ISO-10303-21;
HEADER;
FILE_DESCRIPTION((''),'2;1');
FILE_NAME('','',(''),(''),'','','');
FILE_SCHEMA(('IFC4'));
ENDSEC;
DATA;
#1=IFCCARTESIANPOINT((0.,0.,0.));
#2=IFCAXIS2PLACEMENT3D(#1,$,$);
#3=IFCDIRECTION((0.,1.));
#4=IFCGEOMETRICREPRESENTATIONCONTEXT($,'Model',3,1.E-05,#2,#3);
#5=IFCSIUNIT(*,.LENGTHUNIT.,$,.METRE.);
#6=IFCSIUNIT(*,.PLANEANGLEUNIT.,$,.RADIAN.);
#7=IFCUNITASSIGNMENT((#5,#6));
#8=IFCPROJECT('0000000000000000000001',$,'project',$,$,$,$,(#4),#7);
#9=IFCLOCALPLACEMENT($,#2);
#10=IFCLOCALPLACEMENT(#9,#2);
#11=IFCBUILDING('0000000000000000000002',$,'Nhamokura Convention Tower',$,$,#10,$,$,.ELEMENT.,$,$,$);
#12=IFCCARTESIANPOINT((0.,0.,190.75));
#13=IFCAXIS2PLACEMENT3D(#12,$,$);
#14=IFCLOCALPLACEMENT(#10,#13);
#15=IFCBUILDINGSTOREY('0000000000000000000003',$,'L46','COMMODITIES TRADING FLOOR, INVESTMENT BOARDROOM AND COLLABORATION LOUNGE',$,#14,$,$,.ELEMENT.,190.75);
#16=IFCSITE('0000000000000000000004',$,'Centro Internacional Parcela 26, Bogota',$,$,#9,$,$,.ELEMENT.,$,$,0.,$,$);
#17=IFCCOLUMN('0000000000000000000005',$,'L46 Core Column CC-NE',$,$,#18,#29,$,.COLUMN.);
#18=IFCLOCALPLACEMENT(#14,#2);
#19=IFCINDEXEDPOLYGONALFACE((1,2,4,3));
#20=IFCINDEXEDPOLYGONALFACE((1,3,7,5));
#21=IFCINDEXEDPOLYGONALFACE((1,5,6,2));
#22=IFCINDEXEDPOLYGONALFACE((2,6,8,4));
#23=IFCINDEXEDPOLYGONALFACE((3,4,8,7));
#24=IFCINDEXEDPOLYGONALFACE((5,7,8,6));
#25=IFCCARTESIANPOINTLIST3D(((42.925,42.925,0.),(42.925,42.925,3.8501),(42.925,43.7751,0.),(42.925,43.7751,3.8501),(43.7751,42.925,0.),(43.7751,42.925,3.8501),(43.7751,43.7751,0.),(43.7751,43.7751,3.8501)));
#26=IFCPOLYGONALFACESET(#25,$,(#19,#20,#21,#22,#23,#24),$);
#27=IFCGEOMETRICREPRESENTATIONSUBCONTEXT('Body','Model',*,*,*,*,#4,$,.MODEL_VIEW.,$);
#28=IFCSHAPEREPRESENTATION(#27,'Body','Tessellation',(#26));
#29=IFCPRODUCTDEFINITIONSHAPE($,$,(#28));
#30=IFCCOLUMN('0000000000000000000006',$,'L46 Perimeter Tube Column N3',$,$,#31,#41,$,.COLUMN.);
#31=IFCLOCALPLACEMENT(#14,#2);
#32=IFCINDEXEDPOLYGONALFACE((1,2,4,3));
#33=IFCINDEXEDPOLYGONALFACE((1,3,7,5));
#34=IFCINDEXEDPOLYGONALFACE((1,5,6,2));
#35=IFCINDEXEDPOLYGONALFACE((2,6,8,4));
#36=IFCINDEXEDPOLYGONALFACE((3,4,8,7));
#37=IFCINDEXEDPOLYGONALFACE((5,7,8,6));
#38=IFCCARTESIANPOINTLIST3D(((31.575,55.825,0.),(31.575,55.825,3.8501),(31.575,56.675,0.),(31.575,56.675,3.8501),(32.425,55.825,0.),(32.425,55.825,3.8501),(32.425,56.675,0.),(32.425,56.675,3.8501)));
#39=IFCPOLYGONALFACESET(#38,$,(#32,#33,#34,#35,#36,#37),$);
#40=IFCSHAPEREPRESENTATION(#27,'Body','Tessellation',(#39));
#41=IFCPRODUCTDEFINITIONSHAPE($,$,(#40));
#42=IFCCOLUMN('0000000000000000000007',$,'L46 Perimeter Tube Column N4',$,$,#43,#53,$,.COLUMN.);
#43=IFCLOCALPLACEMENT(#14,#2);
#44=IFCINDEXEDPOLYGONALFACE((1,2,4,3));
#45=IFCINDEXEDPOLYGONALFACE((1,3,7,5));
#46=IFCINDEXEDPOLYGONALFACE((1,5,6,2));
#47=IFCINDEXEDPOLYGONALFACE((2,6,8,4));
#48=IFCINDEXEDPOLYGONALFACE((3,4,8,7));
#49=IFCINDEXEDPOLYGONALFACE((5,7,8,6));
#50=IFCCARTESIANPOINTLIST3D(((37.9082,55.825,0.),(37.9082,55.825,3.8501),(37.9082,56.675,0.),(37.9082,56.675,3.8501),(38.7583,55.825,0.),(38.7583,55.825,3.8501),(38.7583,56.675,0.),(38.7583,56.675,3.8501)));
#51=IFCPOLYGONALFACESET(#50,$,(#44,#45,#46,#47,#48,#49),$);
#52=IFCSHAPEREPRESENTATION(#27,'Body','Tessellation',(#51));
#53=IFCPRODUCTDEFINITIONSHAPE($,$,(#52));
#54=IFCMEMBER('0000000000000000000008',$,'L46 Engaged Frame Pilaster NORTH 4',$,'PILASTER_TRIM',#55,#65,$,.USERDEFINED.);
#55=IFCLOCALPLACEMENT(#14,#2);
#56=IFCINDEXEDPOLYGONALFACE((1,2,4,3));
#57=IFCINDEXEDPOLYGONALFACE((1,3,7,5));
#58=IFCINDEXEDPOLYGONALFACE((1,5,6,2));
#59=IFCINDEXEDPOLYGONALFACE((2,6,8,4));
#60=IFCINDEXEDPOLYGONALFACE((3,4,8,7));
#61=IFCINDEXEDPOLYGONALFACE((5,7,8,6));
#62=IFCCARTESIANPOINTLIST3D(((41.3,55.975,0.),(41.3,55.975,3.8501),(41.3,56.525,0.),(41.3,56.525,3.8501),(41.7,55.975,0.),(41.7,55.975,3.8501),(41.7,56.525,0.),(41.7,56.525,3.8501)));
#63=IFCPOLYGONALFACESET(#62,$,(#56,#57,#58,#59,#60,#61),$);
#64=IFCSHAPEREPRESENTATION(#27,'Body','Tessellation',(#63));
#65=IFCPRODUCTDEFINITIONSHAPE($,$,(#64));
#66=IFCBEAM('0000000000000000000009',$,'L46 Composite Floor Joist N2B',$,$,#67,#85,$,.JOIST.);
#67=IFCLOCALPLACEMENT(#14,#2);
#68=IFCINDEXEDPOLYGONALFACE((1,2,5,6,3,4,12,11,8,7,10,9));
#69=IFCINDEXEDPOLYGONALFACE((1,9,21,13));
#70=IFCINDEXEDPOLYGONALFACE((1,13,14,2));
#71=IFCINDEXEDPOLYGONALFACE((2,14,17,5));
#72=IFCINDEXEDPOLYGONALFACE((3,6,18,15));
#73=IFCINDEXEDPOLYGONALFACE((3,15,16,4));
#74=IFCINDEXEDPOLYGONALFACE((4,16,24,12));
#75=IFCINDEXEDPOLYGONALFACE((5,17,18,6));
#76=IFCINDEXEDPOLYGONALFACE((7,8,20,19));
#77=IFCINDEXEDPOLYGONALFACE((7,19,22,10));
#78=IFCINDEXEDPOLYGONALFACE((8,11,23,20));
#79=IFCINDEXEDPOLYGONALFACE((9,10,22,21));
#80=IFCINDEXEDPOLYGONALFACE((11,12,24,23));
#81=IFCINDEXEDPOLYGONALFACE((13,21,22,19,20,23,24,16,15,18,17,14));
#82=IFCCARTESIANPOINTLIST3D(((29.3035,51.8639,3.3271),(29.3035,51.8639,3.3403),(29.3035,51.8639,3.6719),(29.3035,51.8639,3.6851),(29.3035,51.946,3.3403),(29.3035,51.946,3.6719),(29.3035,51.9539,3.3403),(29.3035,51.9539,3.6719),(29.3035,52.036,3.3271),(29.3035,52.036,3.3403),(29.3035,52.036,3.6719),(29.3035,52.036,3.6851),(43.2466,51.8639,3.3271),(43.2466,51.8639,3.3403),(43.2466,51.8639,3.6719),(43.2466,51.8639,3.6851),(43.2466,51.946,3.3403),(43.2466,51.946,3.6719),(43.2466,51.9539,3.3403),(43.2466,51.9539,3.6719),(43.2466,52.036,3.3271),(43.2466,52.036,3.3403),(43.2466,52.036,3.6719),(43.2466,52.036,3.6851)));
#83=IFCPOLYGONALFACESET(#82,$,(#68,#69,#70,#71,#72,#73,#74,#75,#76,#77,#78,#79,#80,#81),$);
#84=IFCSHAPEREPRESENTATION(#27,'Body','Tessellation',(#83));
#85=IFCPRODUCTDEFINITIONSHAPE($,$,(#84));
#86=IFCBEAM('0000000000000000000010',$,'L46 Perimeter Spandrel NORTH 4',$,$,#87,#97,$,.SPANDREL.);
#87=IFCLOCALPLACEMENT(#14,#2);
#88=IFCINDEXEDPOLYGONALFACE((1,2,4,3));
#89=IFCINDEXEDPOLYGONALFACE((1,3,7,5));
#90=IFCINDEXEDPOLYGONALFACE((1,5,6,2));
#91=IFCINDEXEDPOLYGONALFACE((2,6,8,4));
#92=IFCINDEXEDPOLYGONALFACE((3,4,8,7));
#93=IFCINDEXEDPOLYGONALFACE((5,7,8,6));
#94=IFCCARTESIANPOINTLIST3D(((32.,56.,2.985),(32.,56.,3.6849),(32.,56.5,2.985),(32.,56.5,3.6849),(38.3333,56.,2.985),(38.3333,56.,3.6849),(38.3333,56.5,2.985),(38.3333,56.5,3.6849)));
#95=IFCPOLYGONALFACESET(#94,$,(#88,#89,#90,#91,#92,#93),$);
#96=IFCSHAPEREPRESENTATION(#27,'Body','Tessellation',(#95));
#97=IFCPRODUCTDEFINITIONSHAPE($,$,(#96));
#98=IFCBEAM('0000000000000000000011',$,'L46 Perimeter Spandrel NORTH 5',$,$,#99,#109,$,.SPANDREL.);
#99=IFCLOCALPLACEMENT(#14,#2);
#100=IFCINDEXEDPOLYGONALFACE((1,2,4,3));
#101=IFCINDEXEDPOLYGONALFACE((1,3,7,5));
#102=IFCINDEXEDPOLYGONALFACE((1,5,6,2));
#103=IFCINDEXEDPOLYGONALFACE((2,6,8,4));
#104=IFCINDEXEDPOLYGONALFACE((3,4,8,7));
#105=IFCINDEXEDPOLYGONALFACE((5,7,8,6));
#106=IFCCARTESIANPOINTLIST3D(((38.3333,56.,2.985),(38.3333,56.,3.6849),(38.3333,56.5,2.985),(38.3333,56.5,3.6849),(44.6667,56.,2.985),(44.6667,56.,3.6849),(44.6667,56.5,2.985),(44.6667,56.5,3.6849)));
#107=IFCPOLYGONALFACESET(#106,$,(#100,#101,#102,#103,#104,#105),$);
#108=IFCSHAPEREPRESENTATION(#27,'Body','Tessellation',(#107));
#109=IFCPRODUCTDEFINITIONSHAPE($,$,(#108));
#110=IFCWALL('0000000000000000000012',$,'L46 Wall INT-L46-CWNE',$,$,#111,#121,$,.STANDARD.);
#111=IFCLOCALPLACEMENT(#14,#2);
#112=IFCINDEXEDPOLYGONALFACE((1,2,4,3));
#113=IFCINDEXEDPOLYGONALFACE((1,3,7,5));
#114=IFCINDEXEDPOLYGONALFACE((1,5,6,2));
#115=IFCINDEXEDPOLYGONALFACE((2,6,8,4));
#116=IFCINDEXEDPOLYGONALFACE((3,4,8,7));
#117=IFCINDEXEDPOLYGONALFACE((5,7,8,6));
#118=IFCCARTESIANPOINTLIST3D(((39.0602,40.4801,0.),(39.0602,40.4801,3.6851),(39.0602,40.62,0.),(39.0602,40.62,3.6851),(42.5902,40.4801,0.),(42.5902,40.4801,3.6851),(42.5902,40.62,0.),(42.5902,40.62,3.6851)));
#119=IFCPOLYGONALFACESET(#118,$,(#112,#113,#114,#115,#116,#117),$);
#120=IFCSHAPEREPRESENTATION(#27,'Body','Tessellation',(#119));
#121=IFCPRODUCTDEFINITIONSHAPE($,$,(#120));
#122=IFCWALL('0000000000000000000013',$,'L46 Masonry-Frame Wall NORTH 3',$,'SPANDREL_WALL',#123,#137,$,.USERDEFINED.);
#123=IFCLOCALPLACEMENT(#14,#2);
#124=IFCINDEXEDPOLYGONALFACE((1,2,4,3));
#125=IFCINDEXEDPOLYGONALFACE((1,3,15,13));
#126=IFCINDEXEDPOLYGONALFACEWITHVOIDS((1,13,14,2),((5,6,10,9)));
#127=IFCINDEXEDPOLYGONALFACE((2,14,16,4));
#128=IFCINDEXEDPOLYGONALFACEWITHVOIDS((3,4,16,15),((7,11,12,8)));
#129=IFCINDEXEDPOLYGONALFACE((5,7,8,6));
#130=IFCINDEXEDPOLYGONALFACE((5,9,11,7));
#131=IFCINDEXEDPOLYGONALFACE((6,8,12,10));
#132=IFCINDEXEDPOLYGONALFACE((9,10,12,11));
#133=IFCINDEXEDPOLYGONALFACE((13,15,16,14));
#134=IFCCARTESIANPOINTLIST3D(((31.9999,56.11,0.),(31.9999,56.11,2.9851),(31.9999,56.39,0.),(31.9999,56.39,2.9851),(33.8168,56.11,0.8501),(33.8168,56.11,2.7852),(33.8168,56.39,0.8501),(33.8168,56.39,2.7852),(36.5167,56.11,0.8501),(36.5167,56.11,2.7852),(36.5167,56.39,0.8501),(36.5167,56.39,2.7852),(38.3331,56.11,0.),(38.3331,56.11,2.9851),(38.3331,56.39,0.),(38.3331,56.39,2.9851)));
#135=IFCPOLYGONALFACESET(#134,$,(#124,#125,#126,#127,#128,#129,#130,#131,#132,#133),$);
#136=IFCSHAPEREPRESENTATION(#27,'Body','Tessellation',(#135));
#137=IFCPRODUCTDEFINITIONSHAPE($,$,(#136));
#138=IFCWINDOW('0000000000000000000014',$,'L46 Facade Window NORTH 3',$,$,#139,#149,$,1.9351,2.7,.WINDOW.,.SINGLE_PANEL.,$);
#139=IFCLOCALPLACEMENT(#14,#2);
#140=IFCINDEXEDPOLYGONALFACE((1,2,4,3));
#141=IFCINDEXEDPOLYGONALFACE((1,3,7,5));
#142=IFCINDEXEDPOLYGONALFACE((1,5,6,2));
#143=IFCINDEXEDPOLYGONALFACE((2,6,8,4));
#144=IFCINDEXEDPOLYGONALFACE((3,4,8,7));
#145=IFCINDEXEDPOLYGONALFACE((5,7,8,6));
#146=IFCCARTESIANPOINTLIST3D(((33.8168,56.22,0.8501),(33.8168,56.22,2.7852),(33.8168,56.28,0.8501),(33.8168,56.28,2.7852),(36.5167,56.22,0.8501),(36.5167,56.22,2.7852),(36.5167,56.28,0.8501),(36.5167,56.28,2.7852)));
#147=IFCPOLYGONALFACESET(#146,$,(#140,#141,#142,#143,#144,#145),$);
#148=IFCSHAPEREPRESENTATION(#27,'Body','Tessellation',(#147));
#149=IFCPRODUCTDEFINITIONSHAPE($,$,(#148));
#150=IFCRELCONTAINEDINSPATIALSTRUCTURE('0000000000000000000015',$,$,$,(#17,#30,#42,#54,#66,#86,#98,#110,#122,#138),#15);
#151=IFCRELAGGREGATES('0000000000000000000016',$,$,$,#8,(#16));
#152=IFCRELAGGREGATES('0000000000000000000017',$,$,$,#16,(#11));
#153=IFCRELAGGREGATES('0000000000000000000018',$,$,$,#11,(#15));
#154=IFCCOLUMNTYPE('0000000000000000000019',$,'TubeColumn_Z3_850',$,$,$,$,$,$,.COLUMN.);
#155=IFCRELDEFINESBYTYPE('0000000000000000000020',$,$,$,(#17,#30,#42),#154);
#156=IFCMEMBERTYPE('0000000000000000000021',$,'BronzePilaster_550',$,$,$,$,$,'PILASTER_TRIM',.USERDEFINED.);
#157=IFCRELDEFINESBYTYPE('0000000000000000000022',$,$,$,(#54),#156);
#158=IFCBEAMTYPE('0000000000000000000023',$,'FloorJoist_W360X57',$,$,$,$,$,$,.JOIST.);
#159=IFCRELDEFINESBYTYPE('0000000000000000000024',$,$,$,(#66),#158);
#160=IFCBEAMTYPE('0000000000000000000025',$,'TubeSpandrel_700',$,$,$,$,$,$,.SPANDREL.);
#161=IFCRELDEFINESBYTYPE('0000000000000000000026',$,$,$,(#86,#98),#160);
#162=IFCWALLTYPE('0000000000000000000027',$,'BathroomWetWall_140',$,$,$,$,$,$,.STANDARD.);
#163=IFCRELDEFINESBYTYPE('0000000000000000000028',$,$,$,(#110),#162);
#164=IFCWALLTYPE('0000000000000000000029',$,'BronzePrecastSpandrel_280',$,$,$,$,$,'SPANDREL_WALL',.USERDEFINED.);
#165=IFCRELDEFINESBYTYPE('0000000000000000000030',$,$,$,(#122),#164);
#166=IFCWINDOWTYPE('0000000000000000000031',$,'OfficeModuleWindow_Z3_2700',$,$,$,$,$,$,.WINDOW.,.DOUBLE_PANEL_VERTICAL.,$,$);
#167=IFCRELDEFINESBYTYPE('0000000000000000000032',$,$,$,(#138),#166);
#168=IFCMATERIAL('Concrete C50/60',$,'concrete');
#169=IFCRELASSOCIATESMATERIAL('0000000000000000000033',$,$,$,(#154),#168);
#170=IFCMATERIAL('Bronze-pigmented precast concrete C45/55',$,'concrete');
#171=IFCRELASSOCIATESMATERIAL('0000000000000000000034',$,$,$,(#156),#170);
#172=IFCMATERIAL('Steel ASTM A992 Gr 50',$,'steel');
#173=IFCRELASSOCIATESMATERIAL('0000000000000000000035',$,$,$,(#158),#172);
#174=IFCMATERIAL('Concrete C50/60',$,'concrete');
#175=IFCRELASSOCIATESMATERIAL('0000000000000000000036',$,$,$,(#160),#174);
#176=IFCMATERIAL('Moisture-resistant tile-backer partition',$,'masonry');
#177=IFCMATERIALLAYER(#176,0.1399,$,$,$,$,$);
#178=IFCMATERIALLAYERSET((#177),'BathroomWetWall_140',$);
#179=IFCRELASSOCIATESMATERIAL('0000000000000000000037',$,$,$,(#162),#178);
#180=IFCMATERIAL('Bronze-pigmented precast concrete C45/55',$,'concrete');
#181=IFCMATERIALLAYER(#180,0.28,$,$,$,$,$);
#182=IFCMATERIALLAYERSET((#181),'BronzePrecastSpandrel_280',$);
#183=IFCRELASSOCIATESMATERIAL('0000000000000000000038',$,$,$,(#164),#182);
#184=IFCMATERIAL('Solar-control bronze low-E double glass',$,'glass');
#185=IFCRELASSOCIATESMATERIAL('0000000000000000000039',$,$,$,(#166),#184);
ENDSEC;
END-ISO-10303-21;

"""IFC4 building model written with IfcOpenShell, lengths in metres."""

from ifc_helpers import new_model, si_unit, direction, frame, frame_2d, origin, origin_2d, place, context, subcontext, project, spatial, rectangle, i_section, extrude, material, layer, layer_set, material_profile, profile_set, type_object, element, fill, save


model = new_model("IFC4")

# Units and contexts
model_context = context("Model", 3, precision=1e-05, world=origin(), true_north=direction((0.0, 1.0)))
body_context = subcontext(model_context, "Body", "Model", "MODEL_VIEW")
ifc_project = project(units=[si_unit("LENGTHUNIT", "METRE"), si_unit("PLANEANGLEUNIT", "RADIAN")], contexts=[model_context])

# Site, building, storey
site_placement = place(None, origin())
site = spatial("IfcSite", under=ifc_project, at=site_placement, Name="Centro Internacional Parcela 26, Bogota", CompositionType="ELEMENT", RefElevation=0.0)
building_placement = place(site_placement, origin())
building = spatial("IfcBuilding", under=site, at=building_placement, Name="Nhamokura Convention Tower", CompositionType="ELEMENT")
storey_placement = place(building_placement, frame((0.0, 0.0, 190.75)))
storey = spatial("IfcBuildingStorey", under=building, at=storey_placement, Name="L46", Description="COMMODITIES TRADING FLOOR, INVESTMENT BOARDROOM AND COLLABORATION LOUNGE", CompositionType="ELEMENT", Elevation=190.75)

# Columns
ifc_material_1 = material(Name="Concrete C50/60", Category="concrete")
ifc_material_profile_1 = material_profile(ifc_material_1, rectangle(XDim=0.8501, YDim=0.8501, at=origin_2d()))
ifc_profile_set_1 = profile_set([ifc_material_profile_1], Name="Concrete C50/60")
column_type = type_object("IfcColumnType", Name="TubeColumn_Z3_850", PredefinedType="COLUMN", material=ifc_profile_set_1)
for number, where, z_axis, x_axis, name in (
    (1, (43.3501, 43.3501, 0.0), (0.0, 0.0, 1.0), (1.0, 0.0, 0.0), "L46 Core Column CC-NE"),
    (2, (32.0, 56.25, 0.0), (0.0, 0.0, 1.0), (1.0, 0.0, 0.0), "L46 Perimeter Tube Column N3"),
    (3, (38.3333, 56.25, 0.0), (0.0, 0.0, 1.0), (1.0, 0.0, 0.0), "L46 Perimeter Tube Column N4"),
):
    element("IfcColumn", number, at=place(storey_placement, frame(where, z_axis=z_axis, x_axis=x_axis)), inside=storey, type_object=column_type, Name=name, PredefinedType="COLUMN", context=body_context, shape_type="SweptSolid", body=[
        extrude(rectangle(XDim=0.8501, YDim=0.8501, at=origin_2d()), origin(), (0.0, 0.0, 1.0), 3.8501),
    ])

# Member
ifc_material_2 = material(Name="Bronze-pigmented precast concrete C45/55", Category="concrete")
ifc_material_profile_2 = material_profile(ifc_material_2, rectangle(XDim=0.3999, YDim=0.55, at=origin_2d()))
ifc_profile_set_2 = profile_set([ifc_material_profile_2], Name="Bronze-pigmented precast concrete C45/55")
member_type = type_object("IfcMemberType", Name="BronzePilaster_550", ElementType="PILASTER_TRIM", PredefinedType="USERDEFINED", material=ifc_profile_set_2)
member_placement = place(storey_placement, frame((41.5, 56.25, 0.0), z_axis=(0.0, 0.0, 1.0), x_axis=(1.0, 0.0, 0.0)))
element("IfcMember", 4, at=member_placement, inside=storey, type_object=member_type, Name="L46 Engaged Frame Pilaster NORTH 4", ObjectType="PILASTER_TRIM", PredefinedType="USERDEFINED", context=body_context, shape_type="SweptSolid", body=[
    extrude(rectangle(XDim=0.3999, YDim=0.55, at=origin_2d()), origin(), (0.0, 0.0, 1.0), 3.8501),
])

# Beams
ifc_material_3 = material(Name="Steel ASTM A992 Gr 50", Category="steel")
ifc_material_profile_3 = material_profile(ifc_material_3, i_section(OverallWidth=0.1721, OverallDepth=0.3579, WebThickness=0.0078, FlangeThickness=0.0132, at=origin_2d()))
ifc_profile_set_3 = profile_set([ifc_material_profile_3], Name="Steel ASTM A992 Gr 50")
beam_type_1 = type_object("IfcBeamType", Name="FloorJoist_W360X57", PredefinedType="JOIST", material=ifc_profile_set_3)
beam_1_placement = place(storey_placement, frame((29.3035, 51.95, 3.5061), z_axis=(1.0, 0.0, 0.0), x_axis=(0.0, 1.0, 0.0)))
element("IfcBeam", 5, at=beam_1_placement, inside=storey, type_object=beam_type_1, Name="L46 Composite Floor Joist N2B", PredefinedType="JOIST", context=body_context, shape_type="SweptSolid", body=[
    extrude(i_section(OverallWidth=0.1721, OverallDepth=0.3579, WebThickness=0.0078, FlangeThickness=0.0132, at=origin_2d()), origin(), (0.0, 0.0, 1.0), 13.9431),
])
ifc_material_4 = material(Name="Concrete C50/60", Category="concrete")
ifc_material_profile_4 = material_profile(ifc_material_4, rectangle(XDim=0.5, YDim=0.7, at=origin_2d()))
ifc_profile_set_4 = profile_set([ifc_material_profile_4], Name="Concrete C50/60")
beam_type_2 = type_object("IfcBeamType", Name="TubeSpandrel_700", PredefinedType="SPANDREL", material=ifc_profile_set_4)
beam_2_placement = place(storey_placement, frame((32.0, 56.25, 3.335), z_axis=(1.0, 0.0, 0.0), x_axis=(0.0, 1.0, 0.0)))
element("IfcBeam", 6, at=beam_2_placement, inside=storey, type_object=beam_type_2, Name="L46 Perimeter Spandrel NORTH 4", PredefinedType="SPANDREL", context=body_context, shape_type="SweptSolid", body=[
    extrude(rectangle(XDim=0.5, YDim=0.7, at=origin_2d()), origin(), (0.0, 0.0, 1.0), 6.3333),
])
beam_3_placement = place(storey_placement, frame((38.3333, 56.25, 3.335), z_axis=(1.0, 0.0, 0.0), x_axis=(0.0, 1.0, 0.0)))
element("IfcBeam", 7, at=beam_3_placement, inside=storey, type_object=beam_type_2, Name="L46 Perimeter Spandrel NORTH 5", PredefinedType="SPANDREL", context=body_context, shape_type="SweptSolid", body=[
    extrude(rectangle(XDim=0.5, YDim=0.7, at=origin_2d()), origin(), (0.0, 0.0, 1.0), 6.3335),
])

# Wall
ifc_material_5 = material(Name="Moisture-resistant tile-backer partition", Category="masonry")
ifc_layer_1 = layer(ifc_material_5, 0.1399)
ifc_layer_set_1 = layer_set([ifc_layer_1], Name="BathroomWetWall_140")
wall_type_1 = type_object("IfcWallType", Name="BathroomWetWall_140", PredefinedType="STANDARD", material=ifc_layer_set_1)
wall_1_placement = place(storey_placement, frame((39.0601, 40.55, 0.0), z_axis=(0.0, 0.0, 1.0), x_axis=(1.0, 0.0, 0.0)))
element("IfcWall", 8, at=wall_1_placement, inside=storey, type_object=wall_type_1, Name="L46 Wall INT-L46-CWNE", PredefinedType="STANDARD", context=body_context, shape_type="SweptSolid", body=[
    extrude(rectangle(XDim=3.53, YDim=0.1399, at=frame_2d((1.7651, 0.0))), origin(), (0.0, 0.0, 1.0), 3.6851),
])

# Wall, opening, window
ifc_material_6 = material(Name="Bronze-pigmented precast concrete C45/55", Category="concrete")
ifc_layer_2 = layer(ifc_material_6, 0.28)
ifc_layer_set_2 = layer_set([ifc_layer_2], Name="BronzePrecastSpandrel_280")
wall_type_2 = type_object("IfcWallType", Name="BronzePrecastSpandrel_280", ElementType="SPANDREL_WALL", PredefinedType="USERDEFINED", material=ifc_layer_set_2)
wall_2_placement = place(storey_placement, frame((32.0, 56.25, 0.0), z_axis=(0.0, 0.0, 1.0), x_axis=(1.0, 0.0, 0.0)))
wall_2 = element("IfcWall", 9, at=wall_2_placement, inside=storey, type_object=wall_type_2, Name="L46 Masonry-Frame Wall NORTH 3", ObjectType="SPANDREL_WALL", PredefinedType="USERDEFINED", context=body_context, shape_type="SweptSolid", body=[
    extrude(rectangle(XDim=6.3333, YDim=0.28, at=frame_2d((3.1665, 0.0))), origin(), (0.0, 0.0, 1.0), 2.9851),
])
opening_1_placement = place(wall_2_placement, frame((1.8167, 0.0, 0.8501)))
opening_1 = element("IfcOpeningElement", 10, at=opening_1_placement, cuts=wall_2, PredefinedType="OPENING", context=body_context, shape_type="SweptSolid", body=[
    extrude(rectangle(XDim=2.7, YDim=1.9351, at=frame_2d((1.3501, 0.9675))), frame((0.0, 0.1499, 0.0), z_axis=(0.0, -1.0, 0.0), x_axis=(1.0, 0.0, 0.0)), (0.0, 0.0, 1.0), 0.3),
])
ifc_material_7 = material(Name="Solar-control bronze low-E double glass", Category="glass")
window_type_1 = type_object("IfcWindowType", Name="OfficeModuleWindow_Z3_2700", PartitioningType="DOUBLE_PANEL_VERTICAL", PredefinedType="WINDOW", material=ifc_material_7)
window_1_placement = place(opening_1_placement, origin())
window_1 = element("IfcWindow", 11, at=window_1_placement, inside=storey, type_object=window_type_1, Name="L46 Facade Window NORTH 3", OverallHeight=1.9351, OverallWidth=2.7, PartitioningType="SINGLE_PANEL", PredefinedType="WINDOW", context=body_context, shape_type="SweptSolid", body=[
    extrude(rectangle(XDim=2.7, YDim=1.9351, at=frame_2d((1.3501, 0.9675))), frame((0.0, 0.03, 0.0), z_axis=(0.0, -1.0, 0.0), x_axis=(1.0, 0.0, 0.0)), (0.0, 0.0, 1.0), 0.0601),
])
fill(opening_1, window_1)

save(model, "model.ifc")
